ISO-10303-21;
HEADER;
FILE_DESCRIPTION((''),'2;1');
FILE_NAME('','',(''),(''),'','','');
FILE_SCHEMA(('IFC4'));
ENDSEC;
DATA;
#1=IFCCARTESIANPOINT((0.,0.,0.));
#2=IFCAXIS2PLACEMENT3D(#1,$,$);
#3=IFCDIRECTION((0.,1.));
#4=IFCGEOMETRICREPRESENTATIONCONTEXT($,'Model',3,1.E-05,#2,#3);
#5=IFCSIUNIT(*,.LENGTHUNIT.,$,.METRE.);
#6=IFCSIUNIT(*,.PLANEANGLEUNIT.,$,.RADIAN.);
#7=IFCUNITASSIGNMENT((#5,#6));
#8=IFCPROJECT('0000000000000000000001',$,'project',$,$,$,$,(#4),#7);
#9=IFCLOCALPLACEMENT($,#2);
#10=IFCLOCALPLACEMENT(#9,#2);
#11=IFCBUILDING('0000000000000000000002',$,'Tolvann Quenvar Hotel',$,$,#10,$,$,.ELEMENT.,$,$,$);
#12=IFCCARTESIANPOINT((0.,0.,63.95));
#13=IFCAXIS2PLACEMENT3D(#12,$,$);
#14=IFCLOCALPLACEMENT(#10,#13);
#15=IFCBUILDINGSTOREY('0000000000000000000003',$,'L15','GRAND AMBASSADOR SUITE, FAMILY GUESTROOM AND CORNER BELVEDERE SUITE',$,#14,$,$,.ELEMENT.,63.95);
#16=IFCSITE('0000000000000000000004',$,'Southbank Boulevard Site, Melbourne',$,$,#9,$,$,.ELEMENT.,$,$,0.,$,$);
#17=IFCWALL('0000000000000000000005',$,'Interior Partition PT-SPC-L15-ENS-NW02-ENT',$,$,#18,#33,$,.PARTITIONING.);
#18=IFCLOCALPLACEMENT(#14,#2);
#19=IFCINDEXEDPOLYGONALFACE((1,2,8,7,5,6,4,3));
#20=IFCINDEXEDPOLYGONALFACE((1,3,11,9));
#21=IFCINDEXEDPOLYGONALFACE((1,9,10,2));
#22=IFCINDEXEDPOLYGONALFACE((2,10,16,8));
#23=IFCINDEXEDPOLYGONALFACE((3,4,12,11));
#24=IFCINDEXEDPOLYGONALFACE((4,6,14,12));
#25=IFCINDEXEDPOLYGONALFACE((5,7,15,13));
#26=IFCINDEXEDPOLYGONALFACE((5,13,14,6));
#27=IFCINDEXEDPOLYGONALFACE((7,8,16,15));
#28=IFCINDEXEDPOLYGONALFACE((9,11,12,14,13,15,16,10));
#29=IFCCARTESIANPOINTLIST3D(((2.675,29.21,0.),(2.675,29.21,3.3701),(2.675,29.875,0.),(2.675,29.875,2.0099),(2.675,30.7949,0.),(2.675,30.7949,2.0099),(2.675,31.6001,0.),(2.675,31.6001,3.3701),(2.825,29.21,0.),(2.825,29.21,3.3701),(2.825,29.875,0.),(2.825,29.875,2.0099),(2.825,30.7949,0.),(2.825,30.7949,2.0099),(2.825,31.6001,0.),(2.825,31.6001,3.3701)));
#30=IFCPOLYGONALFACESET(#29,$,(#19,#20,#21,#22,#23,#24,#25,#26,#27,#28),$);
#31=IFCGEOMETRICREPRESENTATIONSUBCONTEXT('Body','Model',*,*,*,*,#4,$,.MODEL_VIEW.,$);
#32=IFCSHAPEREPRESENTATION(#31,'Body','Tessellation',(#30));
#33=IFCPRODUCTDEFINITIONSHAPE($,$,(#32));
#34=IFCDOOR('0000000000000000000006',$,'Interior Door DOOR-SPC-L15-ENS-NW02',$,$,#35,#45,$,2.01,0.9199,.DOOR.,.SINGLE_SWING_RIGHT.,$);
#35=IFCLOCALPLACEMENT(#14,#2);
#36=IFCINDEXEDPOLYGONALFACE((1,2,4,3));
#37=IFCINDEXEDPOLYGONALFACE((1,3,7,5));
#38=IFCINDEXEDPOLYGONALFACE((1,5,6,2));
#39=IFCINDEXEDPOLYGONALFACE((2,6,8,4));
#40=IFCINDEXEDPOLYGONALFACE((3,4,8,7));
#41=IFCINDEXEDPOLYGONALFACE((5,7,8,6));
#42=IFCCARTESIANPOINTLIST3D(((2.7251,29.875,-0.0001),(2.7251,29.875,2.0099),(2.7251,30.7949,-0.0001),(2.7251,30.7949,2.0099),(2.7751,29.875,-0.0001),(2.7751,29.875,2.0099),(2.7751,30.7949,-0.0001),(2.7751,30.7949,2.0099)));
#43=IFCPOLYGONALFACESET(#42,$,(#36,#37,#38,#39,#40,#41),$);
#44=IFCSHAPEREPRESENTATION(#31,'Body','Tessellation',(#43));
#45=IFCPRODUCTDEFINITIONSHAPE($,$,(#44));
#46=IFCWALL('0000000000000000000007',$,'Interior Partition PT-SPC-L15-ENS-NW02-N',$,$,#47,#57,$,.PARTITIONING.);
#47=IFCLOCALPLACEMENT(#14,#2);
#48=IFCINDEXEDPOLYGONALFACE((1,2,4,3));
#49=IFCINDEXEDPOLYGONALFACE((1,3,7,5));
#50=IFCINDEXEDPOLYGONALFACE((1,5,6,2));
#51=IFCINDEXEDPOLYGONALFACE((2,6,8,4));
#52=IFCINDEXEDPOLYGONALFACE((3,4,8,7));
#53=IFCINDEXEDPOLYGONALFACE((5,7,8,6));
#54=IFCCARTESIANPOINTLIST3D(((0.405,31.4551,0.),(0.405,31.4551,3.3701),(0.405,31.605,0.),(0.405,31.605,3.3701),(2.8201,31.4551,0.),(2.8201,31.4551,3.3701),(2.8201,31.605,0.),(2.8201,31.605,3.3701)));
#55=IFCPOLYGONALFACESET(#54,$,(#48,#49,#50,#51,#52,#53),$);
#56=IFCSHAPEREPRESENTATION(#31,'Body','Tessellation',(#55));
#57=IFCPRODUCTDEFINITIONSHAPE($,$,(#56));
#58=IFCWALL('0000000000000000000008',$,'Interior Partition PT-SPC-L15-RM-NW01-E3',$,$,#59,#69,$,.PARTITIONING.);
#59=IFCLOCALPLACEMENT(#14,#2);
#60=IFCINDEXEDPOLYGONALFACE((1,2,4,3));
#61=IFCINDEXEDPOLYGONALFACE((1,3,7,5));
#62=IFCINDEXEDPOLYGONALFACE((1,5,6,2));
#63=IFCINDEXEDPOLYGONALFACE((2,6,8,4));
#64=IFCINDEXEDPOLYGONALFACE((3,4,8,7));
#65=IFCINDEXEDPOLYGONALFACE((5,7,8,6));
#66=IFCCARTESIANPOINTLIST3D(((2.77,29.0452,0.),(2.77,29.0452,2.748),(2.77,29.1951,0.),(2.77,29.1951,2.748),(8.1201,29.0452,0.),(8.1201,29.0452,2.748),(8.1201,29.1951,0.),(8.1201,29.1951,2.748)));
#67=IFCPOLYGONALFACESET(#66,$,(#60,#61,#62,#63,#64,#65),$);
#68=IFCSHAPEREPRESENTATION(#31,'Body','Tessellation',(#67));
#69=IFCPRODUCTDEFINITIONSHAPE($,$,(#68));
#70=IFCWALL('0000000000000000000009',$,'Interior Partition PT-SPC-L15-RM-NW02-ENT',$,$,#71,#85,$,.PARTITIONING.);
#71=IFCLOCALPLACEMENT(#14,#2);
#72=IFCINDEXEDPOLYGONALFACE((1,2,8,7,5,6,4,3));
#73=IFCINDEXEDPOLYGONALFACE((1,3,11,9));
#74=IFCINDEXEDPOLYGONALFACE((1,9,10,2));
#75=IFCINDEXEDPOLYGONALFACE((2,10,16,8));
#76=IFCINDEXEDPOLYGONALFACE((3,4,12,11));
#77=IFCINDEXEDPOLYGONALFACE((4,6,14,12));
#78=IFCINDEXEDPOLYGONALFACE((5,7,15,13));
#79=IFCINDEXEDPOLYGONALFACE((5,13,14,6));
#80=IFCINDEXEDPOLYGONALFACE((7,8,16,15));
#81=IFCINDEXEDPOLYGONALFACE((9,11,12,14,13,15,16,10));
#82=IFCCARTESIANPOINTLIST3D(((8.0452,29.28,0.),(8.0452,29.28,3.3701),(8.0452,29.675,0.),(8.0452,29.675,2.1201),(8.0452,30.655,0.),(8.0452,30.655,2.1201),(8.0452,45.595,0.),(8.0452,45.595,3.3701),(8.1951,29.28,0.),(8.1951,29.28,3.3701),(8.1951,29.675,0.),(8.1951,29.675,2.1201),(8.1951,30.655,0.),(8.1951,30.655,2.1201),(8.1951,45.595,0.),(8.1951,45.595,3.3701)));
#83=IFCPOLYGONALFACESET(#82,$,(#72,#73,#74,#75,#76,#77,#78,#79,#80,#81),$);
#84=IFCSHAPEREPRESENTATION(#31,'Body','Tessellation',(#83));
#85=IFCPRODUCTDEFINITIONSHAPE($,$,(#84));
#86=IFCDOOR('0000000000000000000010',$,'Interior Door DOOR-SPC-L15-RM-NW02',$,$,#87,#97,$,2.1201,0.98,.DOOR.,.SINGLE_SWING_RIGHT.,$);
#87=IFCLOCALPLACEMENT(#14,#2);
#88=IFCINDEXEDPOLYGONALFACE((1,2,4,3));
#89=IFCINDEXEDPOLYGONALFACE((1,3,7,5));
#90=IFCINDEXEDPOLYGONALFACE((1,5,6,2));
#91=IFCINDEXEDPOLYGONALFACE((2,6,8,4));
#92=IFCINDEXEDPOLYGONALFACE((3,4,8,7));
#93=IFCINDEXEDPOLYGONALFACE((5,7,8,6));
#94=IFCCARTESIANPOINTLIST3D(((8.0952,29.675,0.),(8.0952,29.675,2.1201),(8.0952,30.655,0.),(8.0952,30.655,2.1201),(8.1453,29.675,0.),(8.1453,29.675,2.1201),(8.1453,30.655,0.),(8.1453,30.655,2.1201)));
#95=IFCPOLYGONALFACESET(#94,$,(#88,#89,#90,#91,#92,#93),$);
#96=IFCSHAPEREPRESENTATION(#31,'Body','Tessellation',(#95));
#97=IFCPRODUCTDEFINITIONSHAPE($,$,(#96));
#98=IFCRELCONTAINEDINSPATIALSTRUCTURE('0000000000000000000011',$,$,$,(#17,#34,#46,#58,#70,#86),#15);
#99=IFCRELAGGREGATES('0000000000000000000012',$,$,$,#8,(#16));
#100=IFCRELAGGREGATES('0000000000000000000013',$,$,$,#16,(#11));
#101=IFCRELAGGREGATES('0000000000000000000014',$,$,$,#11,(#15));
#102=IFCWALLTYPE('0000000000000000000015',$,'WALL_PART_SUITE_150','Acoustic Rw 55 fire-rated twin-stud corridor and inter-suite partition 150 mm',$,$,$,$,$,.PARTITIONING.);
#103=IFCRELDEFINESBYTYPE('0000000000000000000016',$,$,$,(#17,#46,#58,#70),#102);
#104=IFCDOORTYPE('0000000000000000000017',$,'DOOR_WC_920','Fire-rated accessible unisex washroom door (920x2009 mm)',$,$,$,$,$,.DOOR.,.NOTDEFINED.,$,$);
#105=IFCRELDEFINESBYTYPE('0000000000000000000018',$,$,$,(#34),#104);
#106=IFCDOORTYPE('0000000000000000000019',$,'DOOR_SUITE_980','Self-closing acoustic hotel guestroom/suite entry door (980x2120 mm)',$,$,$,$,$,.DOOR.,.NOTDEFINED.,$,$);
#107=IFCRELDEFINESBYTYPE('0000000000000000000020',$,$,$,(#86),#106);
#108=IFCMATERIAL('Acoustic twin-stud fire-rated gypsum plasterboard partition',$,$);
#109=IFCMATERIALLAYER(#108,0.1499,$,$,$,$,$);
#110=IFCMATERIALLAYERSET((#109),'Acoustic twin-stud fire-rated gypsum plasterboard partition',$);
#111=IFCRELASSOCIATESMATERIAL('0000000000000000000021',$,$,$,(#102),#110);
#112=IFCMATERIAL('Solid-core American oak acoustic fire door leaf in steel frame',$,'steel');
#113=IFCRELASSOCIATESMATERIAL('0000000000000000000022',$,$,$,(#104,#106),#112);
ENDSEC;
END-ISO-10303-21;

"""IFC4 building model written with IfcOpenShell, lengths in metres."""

from ifc_helpers import new_model, si_unit, direction, frame, frame_2d, origin, place, context, subcontext, project, spatial, rectangle, extrude, source, transform, mapped, material, layer, layer_set, type_object, type_shapes, element, fill, save


model = new_model("IFC4")

# Units and contexts
model_context = context("Model", 3, precision=1e-05, world=origin(), true_north=direction((0.0, 1.0)))
body_context = subcontext(model_context, "Body", "Model", "MODEL_VIEW")
ifc_project = project(units=[si_unit("LENGTHUNIT", "METRE"), si_unit("PLANEANGLEUNIT", "RADIAN")], contexts=[model_context])

# Site, building, storey
site_placement = place(None, origin())
site = spatial("IfcSite", under=ifc_project, at=site_placement, Name="Southbank Boulevard Site, Melbourne", CompositionType="ELEMENT", RefElevation=0.0)
building_placement = place(site_placement, origin())
building = spatial("IfcBuilding", under=site, at=building_placement, Name="Tolvann Quenvar Hotel", CompositionType="ELEMENT")
storey_placement = place(building_placement, frame((0.0, 0.0, 63.95)))
storey = spatial("IfcBuildingStorey", under=building, at=storey_placement, Name="L15", Description="GRAND AMBASSADOR SUITE, FAMILY GUESTROOM AND CORNER BELVEDERE SUITE", CompositionType="ELEMENT", Elevation=63.95)

# Shared definitions
ifc_material_1 = material(Name="Solid-core American oak acoustic fire door leaf in steel frame", Category="steel")

# Shared definitions
ifc_material_2 = material(Name="Acoustic twin-stud fire-rated gypsum plasterboard partition")

# Wall, opening, door
ifc_layer_1 = layer(ifc_material_2, 0.1499)
ifc_layer_set_1 = layer_set([ifc_layer_1], Name="Acoustic twin-stud fire-rated gypsum plasterboard partition")
wall_type_1 = type_object("IfcWallType", Name="WALL_PART_SUITE_150", Description="Acoustic Rw 55 fire-rated twin-stud corridor and inter-suite partition 150 mm", PredefinedType="PARTITIONING", material=ifc_layer_set_1)
wall_1_placement = place(storey_placement, frame((2.75, 29.21, 0.0), z_axis=(0.0, 0.0, 1.0), x_axis=(0.0, 1.0, 0.0)))
wall_1 = element("IfcWall", 1, at=wall_1_placement, inside=storey, type_object=wall_type_1, Name="Interior Partition PT-SPC-L15-ENS-NW02-ENT", PredefinedType="PARTITIONING", context=body_context, shape_type="SweptSolid", body=[
    extrude(rectangle(XDim=2.3901, YDim=0.1499, at=frame_2d((1.1951, 0.0))), origin(), (0.0, 0.0, 1.0), 3.3701),
])
opening_1_placement = place(wall_1_placement, frame((0.665, 0.0, 0.0)))
opening_1 = element("IfcOpeningElement", 2, at=opening_1_placement, cuts=wall_1, PredefinedType="OPENING", context=body_context, shape_type="SweptSolid", body=[
    extrude(rectangle(XDim=0.9199, YDim=2.01, at=frame_2d((0.46, 1.0049))), frame((0.0, 0.085, 0.0), z_axis=(0.0, -1.0, 0.0), x_axis=(1.0, 0.0, 0.0)), (0.0, 0.0, 1.0), 0.1699),
])
door_type_1 = type_object("IfcDoorType", Name="DOOR_WC_920", Description="Fire-rated accessible unisex washroom door (920x2009 mm)", OperationType="NOTDEFINED", PredefinedType="DOOR", material=ifc_material_1)
shared_shape_1 = source(origin(), body_context, "Body", "SweptSolid", [
    extrude(rectangle(XDim=0.9199, YDim=2.01, at=frame_2d((0.46, 1.0049))), frame((0.0, 0.0249, 0.0), z_axis=(0.0, -1.0, 0.0), x_axis=(1.0, 0.0, 0.0)), (0.0, 0.0, 1.0), 0.05),
])
type_shapes(door_type_1, [shared_shape_1])
door_1_placement = place(opening_1_placement, origin())
door_1 = element("IfcDoor", 3, at=door_1_placement, inside=storey, type_object=door_type_1, Name="Interior Door DOOR-SPC-L15-ENS-NW02", OperationType="SINGLE_SWING_RIGHT", OverallHeight=2.01, OverallWidth=0.9199, PredefinedType="DOOR", context=body_context, shape_type="MappedRepresentation", body=[
    mapped(shared_shape_1, transform((0.0, 0.0, 0.0), x_axis=(1.0, 0.0, 0.0), y_axis=(0.0, 1.0, 0.0), z_axis=(0.0, 0.0, 1.0), scale=1.0)),
])
fill(opening_1, door_1)

# Walls
wall_2_placement = place(storey_placement, frame((0.405, 31.53, 0.0), z_axis=(0.0, 0.0, 1.0), x_axis=(1.0, 0.0, 0.0)))
element("IfcWall", 4, at=wall_2_placement, inside=storey, type_object=wall_type_1, Name="Interior Partition PT-SPC-L15-ENS-NW02-N", PredefinedType="PARTITIONING", context=body_context, shape_type="SweptSolid", body=[
    extrude(rectangle(XDim=2.415, YDim=0.1499, at=frame_2d((1.2075, 0.0))), origin(), (0.0, 0.0, 1.0), 3.3701),
])
wall_3_placement = place(storey_placement, frame((2.77, 29.1201, 0.0), z_axis=(0.0, 0.0, 1.0), x_axis=(1.0, 0.0, 0.0)))
element("IfcWall", 5, at=wall_3_placement, inside=storey, type_object=wall_type_1, Name="Interior Partition PT-SPC-L15-RM-NW01-E3", PredefinedType="PARTITIONING", context=body_context, shape_type="SweptSolid", body=[
    extrude(rectangle(XDim=5.3501, YDim=0.1499, at=frame_2d((2.675, 0.0))), origin(), (0.0, 0.0, 1.0), 2.748),
])

# Wall, opening, door
wall_4_placement = place(storey_placement, frame((8.1201, 29.28, 0.0), z_axis=(0.0, 0.0, 1.0), x_axis=(0.0, 1.0, 0.0)))
wall_4 = element("IfcWall", 6, at=wall_4_placement, inside=storey, type_object=wall_type_1, Name="Interior Partition PT-SPC-L15-RM-NW02-ENT", PredefinedType="PARTITIONING", context=body_context, shape_type="SweptSolid", body=[
    extrude(rectangle(XDim=16.3149, YDim=0.1499, at=frame_2d((8.1575, 0.0))), origin(), (0.0, 0.0, 1.0), 3.3701),
])
opening_2_placement = place(wall_4_placement, frame((0.395, 0.0, 0.0)))
opening_2 = element("IfcOpeningElement", 7, at=opening_2_placement, cuts=wall_4, PredefinedType="OPENING", context=body_context, shape_type="SweptSolid", body=[
    extrude(rectangle(XDim=0.98, YDim=2.1201, at=frame_2d((0.49, 1.0601))), frame((0.0, 0.085, 0.0), z_axis=(0.0, -1.0, 0.0), x_axis=(1.0, 0.0, 0.0)), (0.0, 0.0, 1.0), 0.1699),
])
door_type_2 = type_object("IfcDoorType", Name="DOOR_SUITE_980", Description="Self-closing acoustic hotel guestroom/suite entry door (980x2120 mm)", OperationType="NOTDEFINED", PredefinedType="DOOR", material=ifc_material_1)
shared_shape_2 = source(origin(), body_context, "Body", "SweptSolid", [
    extrude(rectangle(XDim=0.98, YDim=2.1201, at=frame_2d((0.49, 1.0601))), frame((0.0, 0.0249, 0.0), z_axis=(0.0, -1.0, 0.0), x_axis=(1.0, 0.0, 0.0)), (0.0, 0.0, 1.0), 0.05),
])
type_shapes(door_type_2, [shared_shape_2])
door_2_placement = place(opening_2_placement, origin())
door_2 = element("IfcDoor", 8, at=door_2_placement, inside=storey, type_object=door_type_2, Name="Interior Door DOOR-SPC-L15-RM-NW02", OperationType="SINGLE_SWING_RIGHT", OverallHeight=2.1201, OverallWidth=0.98, PredefinedType="DOOR", context=body_context, shape_type="MappedRepresentation", body=[
    mapped(shared_shape_2, transform((0.0, 0.0, 0.0), x_axis=(1.0, 0.0, 0.0), y_axis=(0.0, 1.0, 0.0), z_axis=(0.0, 0.0, 1.0), scale=1.0)),
])
fill(opening_2, door_2)

save(model, "model.ifc")
